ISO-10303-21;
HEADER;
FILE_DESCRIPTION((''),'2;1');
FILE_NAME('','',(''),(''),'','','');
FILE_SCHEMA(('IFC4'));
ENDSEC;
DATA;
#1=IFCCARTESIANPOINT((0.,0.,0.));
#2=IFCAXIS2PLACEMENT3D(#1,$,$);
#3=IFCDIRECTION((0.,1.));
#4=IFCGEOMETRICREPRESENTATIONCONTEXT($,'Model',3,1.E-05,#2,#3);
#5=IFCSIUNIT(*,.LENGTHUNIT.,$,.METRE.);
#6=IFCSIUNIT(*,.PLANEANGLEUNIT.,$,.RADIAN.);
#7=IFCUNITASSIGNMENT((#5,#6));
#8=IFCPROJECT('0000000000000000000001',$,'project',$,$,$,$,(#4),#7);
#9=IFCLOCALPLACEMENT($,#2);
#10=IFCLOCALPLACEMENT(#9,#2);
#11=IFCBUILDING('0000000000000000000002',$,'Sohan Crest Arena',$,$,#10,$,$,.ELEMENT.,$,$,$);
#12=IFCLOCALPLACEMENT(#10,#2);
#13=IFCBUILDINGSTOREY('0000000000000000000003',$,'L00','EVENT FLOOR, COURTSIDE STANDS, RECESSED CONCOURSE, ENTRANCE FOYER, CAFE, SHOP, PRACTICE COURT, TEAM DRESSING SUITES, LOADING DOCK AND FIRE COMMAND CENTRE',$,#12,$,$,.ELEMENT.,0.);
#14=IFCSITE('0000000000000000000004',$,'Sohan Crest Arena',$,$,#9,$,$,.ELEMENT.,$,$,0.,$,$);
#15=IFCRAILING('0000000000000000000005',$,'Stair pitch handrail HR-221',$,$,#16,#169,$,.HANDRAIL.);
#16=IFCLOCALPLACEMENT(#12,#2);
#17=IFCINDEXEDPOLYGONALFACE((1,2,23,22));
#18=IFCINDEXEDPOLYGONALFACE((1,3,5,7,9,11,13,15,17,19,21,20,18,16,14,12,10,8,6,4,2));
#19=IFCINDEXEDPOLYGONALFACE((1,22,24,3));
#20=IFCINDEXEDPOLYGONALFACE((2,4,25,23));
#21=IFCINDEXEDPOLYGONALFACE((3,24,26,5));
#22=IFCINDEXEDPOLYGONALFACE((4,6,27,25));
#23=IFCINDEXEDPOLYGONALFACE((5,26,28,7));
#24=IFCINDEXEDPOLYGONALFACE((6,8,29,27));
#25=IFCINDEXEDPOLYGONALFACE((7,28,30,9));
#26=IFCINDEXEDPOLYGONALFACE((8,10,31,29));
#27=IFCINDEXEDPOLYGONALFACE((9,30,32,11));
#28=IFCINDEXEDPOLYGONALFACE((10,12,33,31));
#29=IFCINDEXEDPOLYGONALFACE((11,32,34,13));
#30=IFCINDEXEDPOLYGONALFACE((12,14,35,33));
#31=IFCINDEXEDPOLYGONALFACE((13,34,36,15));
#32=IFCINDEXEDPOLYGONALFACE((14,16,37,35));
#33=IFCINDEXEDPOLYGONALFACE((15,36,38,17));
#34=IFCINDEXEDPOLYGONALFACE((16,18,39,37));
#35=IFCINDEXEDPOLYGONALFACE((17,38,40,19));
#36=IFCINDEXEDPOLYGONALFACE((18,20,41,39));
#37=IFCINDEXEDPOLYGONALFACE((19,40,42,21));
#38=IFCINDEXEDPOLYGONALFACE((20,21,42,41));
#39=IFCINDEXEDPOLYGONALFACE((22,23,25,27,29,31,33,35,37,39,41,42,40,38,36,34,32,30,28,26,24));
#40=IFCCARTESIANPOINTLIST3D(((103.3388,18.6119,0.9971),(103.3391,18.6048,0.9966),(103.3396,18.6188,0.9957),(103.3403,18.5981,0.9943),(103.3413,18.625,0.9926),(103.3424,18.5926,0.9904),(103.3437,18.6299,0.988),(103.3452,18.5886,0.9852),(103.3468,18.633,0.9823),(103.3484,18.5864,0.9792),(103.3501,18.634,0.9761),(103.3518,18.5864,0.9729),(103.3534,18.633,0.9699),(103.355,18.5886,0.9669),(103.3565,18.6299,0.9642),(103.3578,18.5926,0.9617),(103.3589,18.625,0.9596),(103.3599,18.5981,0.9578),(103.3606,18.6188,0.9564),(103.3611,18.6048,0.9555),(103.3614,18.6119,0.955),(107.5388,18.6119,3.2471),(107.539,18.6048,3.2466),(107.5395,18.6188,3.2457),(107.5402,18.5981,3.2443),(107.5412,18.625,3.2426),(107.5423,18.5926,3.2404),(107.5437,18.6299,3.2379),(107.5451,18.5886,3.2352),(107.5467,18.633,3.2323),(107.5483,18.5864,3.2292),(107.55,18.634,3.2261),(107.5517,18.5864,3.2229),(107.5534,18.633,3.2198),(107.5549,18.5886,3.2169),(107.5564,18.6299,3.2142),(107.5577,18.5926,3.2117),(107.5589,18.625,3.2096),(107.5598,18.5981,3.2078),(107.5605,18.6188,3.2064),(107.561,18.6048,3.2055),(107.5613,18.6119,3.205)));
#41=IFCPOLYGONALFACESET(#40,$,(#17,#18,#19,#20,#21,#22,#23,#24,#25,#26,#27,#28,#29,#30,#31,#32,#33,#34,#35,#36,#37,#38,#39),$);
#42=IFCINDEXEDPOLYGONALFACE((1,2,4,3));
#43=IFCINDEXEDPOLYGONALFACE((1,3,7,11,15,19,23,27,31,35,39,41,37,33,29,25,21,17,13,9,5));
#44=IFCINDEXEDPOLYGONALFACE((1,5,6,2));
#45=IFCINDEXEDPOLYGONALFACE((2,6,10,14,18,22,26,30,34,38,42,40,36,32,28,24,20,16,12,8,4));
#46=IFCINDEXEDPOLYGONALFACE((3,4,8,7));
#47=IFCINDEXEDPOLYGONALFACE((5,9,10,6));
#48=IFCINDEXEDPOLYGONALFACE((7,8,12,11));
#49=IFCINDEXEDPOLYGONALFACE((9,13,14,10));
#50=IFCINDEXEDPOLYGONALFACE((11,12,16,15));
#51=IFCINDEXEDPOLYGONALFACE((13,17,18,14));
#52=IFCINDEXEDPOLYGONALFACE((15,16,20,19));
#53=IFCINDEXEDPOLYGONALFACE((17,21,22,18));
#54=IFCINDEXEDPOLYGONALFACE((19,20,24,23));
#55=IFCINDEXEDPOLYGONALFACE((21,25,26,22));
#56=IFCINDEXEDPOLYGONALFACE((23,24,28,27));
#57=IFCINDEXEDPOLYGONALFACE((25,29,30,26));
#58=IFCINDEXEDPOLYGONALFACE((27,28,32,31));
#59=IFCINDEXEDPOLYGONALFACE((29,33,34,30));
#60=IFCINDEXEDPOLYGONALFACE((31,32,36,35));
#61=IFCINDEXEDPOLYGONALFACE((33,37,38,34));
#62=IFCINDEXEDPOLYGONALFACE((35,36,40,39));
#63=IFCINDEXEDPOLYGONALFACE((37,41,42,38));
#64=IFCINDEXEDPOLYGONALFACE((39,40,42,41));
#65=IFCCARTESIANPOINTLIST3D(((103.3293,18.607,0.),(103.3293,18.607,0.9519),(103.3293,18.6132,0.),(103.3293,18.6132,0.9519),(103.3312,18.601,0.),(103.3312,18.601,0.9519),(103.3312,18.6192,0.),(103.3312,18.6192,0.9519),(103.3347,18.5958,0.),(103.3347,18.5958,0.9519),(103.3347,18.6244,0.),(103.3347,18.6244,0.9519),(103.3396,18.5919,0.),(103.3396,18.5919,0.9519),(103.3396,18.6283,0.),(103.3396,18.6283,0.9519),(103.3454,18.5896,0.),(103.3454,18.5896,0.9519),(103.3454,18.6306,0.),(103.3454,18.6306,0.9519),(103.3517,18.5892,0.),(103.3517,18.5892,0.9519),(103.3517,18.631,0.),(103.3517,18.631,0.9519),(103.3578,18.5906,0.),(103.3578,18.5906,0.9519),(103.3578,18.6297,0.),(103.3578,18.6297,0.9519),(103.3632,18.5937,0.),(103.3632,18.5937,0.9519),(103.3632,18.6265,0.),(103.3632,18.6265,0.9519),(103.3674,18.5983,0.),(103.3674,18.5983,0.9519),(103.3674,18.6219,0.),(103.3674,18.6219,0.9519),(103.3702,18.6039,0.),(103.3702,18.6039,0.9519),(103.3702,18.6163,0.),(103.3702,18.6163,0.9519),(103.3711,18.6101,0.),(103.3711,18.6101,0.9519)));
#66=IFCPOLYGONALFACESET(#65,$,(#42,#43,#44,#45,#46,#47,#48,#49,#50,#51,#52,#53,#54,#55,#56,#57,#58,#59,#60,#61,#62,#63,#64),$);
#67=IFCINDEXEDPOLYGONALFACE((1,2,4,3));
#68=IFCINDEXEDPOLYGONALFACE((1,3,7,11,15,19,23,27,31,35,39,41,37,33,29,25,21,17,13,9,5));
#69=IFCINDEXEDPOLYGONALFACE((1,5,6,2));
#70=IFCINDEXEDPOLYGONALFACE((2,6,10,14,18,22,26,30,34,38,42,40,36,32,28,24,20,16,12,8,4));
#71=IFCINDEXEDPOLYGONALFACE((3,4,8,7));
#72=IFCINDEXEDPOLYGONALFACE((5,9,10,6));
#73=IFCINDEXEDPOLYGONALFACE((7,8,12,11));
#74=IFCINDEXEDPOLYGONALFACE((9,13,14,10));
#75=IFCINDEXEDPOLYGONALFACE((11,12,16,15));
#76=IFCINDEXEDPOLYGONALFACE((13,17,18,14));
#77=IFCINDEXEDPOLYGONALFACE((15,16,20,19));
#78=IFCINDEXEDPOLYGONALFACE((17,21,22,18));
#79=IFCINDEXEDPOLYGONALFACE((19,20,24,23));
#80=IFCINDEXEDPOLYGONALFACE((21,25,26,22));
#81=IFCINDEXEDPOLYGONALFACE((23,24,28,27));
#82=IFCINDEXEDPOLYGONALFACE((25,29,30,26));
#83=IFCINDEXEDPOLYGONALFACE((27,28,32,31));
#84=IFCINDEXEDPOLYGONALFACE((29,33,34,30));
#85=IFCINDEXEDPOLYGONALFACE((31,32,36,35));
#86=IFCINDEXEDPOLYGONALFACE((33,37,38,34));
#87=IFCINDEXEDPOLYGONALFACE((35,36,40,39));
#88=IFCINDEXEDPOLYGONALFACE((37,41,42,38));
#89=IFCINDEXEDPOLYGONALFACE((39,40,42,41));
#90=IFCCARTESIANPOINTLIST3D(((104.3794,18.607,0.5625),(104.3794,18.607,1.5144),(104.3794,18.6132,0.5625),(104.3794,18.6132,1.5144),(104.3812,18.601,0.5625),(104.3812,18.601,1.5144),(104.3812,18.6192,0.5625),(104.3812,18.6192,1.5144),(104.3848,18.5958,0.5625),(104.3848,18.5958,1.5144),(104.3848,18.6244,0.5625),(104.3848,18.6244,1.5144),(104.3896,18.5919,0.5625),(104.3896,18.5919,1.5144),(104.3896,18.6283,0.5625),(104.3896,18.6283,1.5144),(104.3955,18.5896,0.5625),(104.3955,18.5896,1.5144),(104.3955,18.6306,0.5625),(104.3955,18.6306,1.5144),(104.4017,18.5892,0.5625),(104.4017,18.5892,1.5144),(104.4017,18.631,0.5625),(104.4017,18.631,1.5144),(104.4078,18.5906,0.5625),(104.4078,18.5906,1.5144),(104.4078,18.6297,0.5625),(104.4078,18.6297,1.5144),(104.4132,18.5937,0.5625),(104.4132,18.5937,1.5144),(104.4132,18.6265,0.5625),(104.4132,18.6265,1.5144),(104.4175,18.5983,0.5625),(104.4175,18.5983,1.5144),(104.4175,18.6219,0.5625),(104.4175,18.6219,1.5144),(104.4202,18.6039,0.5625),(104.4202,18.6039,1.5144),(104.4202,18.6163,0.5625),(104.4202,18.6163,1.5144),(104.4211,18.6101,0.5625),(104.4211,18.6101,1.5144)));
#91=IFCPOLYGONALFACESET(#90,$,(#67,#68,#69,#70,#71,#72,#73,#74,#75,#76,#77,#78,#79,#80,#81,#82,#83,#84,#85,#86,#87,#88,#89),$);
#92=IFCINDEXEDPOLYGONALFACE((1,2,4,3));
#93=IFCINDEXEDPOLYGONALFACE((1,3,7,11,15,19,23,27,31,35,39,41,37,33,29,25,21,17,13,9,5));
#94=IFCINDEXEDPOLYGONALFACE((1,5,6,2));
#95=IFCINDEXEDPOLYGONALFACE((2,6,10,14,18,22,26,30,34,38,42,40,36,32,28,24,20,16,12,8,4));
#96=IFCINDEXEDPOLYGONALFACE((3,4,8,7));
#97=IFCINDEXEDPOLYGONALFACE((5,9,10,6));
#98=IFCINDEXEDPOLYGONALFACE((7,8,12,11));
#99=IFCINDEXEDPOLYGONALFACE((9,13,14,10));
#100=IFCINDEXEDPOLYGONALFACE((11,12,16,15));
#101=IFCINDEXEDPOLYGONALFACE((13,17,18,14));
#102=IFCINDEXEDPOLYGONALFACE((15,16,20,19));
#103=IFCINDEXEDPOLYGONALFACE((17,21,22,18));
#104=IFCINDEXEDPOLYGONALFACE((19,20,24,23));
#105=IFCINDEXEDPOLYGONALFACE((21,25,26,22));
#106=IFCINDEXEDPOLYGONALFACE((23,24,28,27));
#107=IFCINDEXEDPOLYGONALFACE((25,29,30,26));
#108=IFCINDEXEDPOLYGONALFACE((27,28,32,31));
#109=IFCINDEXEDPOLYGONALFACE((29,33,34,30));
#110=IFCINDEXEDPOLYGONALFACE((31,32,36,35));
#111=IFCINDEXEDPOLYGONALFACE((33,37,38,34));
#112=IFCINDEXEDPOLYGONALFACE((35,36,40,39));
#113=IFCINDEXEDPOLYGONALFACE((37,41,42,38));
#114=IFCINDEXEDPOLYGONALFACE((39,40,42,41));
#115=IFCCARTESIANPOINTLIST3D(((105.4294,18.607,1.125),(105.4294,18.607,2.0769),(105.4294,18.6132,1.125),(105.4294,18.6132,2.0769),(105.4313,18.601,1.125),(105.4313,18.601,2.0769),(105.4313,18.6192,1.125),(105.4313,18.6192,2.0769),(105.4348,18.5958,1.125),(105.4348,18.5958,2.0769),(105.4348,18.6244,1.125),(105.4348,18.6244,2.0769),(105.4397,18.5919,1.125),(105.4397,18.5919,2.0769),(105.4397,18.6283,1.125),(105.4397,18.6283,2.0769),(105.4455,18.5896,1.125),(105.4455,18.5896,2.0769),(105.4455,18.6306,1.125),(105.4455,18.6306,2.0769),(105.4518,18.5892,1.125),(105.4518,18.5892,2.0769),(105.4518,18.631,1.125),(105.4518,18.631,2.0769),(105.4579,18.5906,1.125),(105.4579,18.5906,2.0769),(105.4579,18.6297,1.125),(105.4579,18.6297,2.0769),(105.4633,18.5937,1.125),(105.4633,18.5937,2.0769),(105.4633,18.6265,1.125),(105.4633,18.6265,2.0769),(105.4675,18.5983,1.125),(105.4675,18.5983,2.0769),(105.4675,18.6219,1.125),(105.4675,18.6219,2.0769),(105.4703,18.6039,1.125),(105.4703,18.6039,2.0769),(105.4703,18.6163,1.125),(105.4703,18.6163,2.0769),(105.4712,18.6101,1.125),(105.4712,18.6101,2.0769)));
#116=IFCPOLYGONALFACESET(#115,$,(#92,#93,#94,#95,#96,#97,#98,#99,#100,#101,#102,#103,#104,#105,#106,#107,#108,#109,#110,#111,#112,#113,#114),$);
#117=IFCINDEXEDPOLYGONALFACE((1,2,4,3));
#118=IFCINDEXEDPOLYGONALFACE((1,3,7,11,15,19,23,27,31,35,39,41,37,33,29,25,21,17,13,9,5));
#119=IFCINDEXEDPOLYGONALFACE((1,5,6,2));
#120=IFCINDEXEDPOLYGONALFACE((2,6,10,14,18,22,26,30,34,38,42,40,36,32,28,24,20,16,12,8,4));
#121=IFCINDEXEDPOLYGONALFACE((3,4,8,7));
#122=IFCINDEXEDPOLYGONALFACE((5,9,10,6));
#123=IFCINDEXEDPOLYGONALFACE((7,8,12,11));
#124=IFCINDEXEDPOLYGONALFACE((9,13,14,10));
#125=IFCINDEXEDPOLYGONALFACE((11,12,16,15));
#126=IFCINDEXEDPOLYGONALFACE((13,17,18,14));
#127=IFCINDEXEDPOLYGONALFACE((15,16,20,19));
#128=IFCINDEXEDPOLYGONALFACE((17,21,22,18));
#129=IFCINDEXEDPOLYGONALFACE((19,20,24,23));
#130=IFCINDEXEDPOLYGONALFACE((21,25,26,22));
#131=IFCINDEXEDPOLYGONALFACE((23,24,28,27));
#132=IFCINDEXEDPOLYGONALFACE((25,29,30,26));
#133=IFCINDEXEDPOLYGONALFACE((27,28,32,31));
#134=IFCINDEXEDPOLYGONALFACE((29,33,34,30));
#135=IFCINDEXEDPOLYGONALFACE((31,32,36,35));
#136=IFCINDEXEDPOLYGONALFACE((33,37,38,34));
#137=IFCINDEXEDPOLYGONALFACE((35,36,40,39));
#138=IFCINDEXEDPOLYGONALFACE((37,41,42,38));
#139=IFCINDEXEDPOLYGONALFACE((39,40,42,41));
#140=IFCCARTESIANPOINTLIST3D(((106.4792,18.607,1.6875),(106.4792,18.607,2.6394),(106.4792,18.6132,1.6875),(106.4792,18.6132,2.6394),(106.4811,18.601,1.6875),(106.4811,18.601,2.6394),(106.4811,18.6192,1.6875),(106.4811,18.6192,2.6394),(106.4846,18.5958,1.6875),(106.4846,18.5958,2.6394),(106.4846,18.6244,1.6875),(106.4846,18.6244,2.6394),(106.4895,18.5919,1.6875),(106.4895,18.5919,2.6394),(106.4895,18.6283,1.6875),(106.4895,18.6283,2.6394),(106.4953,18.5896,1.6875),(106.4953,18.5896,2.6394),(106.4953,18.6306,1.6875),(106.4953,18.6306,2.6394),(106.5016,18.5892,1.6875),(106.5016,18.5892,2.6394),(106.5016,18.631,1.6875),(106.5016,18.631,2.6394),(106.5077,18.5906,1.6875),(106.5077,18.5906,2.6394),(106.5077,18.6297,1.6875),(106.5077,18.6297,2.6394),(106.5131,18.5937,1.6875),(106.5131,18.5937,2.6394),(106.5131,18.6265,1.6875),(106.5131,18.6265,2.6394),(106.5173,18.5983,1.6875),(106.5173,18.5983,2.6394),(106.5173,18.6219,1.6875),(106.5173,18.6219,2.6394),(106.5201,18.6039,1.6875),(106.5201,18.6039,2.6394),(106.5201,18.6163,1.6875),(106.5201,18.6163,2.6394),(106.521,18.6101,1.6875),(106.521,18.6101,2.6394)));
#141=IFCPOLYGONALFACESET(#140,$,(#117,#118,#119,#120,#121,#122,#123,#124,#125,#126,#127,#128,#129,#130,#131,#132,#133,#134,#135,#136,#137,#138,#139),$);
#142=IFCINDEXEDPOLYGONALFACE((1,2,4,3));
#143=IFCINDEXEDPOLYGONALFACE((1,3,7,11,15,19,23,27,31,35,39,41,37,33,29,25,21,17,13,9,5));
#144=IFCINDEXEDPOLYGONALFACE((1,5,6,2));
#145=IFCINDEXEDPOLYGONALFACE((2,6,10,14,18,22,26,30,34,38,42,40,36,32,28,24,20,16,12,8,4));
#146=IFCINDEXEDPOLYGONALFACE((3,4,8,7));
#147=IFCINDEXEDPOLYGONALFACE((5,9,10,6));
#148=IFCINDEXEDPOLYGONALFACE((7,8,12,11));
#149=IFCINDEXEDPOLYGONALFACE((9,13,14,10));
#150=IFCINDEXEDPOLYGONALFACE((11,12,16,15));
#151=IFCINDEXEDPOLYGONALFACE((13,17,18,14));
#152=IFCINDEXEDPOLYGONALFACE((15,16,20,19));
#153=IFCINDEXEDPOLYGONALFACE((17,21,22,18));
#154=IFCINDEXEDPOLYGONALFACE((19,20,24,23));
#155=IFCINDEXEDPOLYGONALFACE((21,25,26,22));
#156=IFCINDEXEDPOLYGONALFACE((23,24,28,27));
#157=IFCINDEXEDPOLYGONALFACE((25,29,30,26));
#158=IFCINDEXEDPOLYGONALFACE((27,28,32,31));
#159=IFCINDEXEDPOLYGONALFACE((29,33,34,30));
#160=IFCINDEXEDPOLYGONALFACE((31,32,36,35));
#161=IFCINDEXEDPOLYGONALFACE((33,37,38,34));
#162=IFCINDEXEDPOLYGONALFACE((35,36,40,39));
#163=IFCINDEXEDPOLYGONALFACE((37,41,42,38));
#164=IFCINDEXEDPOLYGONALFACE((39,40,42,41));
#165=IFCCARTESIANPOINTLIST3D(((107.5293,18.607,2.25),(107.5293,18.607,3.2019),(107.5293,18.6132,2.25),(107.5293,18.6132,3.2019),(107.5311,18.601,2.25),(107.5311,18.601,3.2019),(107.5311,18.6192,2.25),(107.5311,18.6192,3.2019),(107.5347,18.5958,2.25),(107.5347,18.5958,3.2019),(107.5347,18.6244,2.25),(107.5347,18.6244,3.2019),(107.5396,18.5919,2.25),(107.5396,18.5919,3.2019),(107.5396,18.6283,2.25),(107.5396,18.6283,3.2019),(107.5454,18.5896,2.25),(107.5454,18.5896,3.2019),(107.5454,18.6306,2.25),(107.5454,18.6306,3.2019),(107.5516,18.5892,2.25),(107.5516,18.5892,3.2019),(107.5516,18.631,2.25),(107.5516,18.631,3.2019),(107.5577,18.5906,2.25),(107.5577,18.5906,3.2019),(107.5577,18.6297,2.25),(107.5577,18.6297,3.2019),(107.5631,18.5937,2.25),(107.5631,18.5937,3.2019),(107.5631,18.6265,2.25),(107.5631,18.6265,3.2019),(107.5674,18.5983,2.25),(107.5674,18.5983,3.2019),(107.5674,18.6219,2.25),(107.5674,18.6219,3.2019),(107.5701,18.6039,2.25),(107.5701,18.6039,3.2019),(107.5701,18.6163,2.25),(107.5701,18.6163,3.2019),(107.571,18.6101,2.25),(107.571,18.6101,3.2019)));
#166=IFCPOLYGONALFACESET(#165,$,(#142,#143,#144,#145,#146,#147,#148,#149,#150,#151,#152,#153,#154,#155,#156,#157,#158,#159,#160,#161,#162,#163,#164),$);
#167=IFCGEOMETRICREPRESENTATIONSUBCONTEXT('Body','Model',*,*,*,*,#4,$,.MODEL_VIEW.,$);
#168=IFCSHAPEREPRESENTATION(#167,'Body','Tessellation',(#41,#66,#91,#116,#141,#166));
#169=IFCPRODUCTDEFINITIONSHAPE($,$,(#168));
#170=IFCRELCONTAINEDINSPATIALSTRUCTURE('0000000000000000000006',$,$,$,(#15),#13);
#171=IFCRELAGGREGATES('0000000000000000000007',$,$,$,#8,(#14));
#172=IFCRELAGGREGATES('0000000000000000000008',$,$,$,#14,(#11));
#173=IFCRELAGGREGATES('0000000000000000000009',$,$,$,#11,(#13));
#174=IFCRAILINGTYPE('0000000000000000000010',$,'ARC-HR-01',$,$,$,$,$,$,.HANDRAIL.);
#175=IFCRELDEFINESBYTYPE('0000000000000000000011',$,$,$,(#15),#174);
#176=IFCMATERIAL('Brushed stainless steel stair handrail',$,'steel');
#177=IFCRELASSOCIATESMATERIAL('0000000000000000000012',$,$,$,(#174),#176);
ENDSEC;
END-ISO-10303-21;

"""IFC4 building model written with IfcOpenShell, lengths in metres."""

from ifc_helpers import new_model, si_unit, direction, frame, origin, origin_2d, place, context, subcontext, project, spatial, circle, extrude, material, type_object, element, save


model = new_model("IFC4")

# Units and contexts
model_context = context("Model", 3, precision=1e-05, world=origin(), true_north=direction((0.0, 1.0)))
body_context = subcontext(model_context, "Body", "Model", "MODEL_VIEW")
ifc_project = project(units=[si_unit("LENGTHUNIT", "METRE"), si_unit("PLANEANGLEUNIT", "RADIAN")], contexts=[model_context])

# Site, building, storey
site_placement = place(None, origin())
site = spatial("IfcSite", under=ifc_project, at=site_placement, Name="Sohan Crest Arena", CompositionType="ELEMENT", RefElevation=0.0)
building_placement = place(site_placement, origin())
building = spatial("IfcBuilding", under=site, at=building_placement, Name="Sohan Crest Arena", CompositionType="ELEMENT")
storey_placement = place(building_placement, origin())
storey = spatial("IfcBuildingStorey", under=building, at=storey_placement, Name="L00", Description="EVENT FLOOR, COURTSIDE STANDS, RECESSED CONCOURSE, ENTRANCE FOYER, CAFE, SHOP, PRACTICE COURT, TEAM DRESSING SUITES, LOADING DOCK AND FIRE COMMAND CENTRE", CompositionType="ELEMENT", Elevation=0.0)

# Railing
ifc_material_1 = material(Name="Brushed stainless steel stair handrail", Category="steel")
railing_type_1 = type_object("IfcRailingType", Name="ARC-HR-01", PredefinedType="HANDRAIL", material=ifc_material_1)
for number, where, name in (
    (1, (103.3501, 18.6101, 0.0), "Stair pitch handrail HR-221"),
):
    element("IfcRailing", number, at=place(storey_placement, frame(where)), inside=storey, type_object=railing_type_1, Name=name, PredefinedType="HANDRAIL", context=body_context, shape_type="SweptSolid", body=[
        extrude(circle(Radius=0.0239, at=origin_2d()), frame((0.0, 0.0, 0.9761), z_axis=(0.881478, 0.0, 0.472226), x_axis=(0.0, 1.0, 0.0)), (0.0, 0.0, 1.0), 4.7646),
        extrude(circle(Radius=0.021, at=origin_2d()), origin(), (0.0, 0.0, 1.0), 0.9519),
        extrude(circle(Radius=0.021, at=origin_2d()), frame((1.05, 0.0, 0.5625)), (0.0, 0.0, 1.0), 0.9519),
        extrude(circle(Radius=0.021, at=origin_2d()), frame((2.1001, 0.0, 1.125)), (0.0, 0.0, 1.0), 0.9519),
        extrude(circle(Radius=0.021, at=origin_2d()), frame((3.1499, 0.0, 1.6875)), (0.0, 0.0, 1.0), 0.9519),
        extrude(circle(Radius=0.021, at=origin_2d()), frame((4.2, 0.0, 2.25)), (0.0, 0.0, 1.0), 0.9519),
    ])

save(model, "model.ifc")
